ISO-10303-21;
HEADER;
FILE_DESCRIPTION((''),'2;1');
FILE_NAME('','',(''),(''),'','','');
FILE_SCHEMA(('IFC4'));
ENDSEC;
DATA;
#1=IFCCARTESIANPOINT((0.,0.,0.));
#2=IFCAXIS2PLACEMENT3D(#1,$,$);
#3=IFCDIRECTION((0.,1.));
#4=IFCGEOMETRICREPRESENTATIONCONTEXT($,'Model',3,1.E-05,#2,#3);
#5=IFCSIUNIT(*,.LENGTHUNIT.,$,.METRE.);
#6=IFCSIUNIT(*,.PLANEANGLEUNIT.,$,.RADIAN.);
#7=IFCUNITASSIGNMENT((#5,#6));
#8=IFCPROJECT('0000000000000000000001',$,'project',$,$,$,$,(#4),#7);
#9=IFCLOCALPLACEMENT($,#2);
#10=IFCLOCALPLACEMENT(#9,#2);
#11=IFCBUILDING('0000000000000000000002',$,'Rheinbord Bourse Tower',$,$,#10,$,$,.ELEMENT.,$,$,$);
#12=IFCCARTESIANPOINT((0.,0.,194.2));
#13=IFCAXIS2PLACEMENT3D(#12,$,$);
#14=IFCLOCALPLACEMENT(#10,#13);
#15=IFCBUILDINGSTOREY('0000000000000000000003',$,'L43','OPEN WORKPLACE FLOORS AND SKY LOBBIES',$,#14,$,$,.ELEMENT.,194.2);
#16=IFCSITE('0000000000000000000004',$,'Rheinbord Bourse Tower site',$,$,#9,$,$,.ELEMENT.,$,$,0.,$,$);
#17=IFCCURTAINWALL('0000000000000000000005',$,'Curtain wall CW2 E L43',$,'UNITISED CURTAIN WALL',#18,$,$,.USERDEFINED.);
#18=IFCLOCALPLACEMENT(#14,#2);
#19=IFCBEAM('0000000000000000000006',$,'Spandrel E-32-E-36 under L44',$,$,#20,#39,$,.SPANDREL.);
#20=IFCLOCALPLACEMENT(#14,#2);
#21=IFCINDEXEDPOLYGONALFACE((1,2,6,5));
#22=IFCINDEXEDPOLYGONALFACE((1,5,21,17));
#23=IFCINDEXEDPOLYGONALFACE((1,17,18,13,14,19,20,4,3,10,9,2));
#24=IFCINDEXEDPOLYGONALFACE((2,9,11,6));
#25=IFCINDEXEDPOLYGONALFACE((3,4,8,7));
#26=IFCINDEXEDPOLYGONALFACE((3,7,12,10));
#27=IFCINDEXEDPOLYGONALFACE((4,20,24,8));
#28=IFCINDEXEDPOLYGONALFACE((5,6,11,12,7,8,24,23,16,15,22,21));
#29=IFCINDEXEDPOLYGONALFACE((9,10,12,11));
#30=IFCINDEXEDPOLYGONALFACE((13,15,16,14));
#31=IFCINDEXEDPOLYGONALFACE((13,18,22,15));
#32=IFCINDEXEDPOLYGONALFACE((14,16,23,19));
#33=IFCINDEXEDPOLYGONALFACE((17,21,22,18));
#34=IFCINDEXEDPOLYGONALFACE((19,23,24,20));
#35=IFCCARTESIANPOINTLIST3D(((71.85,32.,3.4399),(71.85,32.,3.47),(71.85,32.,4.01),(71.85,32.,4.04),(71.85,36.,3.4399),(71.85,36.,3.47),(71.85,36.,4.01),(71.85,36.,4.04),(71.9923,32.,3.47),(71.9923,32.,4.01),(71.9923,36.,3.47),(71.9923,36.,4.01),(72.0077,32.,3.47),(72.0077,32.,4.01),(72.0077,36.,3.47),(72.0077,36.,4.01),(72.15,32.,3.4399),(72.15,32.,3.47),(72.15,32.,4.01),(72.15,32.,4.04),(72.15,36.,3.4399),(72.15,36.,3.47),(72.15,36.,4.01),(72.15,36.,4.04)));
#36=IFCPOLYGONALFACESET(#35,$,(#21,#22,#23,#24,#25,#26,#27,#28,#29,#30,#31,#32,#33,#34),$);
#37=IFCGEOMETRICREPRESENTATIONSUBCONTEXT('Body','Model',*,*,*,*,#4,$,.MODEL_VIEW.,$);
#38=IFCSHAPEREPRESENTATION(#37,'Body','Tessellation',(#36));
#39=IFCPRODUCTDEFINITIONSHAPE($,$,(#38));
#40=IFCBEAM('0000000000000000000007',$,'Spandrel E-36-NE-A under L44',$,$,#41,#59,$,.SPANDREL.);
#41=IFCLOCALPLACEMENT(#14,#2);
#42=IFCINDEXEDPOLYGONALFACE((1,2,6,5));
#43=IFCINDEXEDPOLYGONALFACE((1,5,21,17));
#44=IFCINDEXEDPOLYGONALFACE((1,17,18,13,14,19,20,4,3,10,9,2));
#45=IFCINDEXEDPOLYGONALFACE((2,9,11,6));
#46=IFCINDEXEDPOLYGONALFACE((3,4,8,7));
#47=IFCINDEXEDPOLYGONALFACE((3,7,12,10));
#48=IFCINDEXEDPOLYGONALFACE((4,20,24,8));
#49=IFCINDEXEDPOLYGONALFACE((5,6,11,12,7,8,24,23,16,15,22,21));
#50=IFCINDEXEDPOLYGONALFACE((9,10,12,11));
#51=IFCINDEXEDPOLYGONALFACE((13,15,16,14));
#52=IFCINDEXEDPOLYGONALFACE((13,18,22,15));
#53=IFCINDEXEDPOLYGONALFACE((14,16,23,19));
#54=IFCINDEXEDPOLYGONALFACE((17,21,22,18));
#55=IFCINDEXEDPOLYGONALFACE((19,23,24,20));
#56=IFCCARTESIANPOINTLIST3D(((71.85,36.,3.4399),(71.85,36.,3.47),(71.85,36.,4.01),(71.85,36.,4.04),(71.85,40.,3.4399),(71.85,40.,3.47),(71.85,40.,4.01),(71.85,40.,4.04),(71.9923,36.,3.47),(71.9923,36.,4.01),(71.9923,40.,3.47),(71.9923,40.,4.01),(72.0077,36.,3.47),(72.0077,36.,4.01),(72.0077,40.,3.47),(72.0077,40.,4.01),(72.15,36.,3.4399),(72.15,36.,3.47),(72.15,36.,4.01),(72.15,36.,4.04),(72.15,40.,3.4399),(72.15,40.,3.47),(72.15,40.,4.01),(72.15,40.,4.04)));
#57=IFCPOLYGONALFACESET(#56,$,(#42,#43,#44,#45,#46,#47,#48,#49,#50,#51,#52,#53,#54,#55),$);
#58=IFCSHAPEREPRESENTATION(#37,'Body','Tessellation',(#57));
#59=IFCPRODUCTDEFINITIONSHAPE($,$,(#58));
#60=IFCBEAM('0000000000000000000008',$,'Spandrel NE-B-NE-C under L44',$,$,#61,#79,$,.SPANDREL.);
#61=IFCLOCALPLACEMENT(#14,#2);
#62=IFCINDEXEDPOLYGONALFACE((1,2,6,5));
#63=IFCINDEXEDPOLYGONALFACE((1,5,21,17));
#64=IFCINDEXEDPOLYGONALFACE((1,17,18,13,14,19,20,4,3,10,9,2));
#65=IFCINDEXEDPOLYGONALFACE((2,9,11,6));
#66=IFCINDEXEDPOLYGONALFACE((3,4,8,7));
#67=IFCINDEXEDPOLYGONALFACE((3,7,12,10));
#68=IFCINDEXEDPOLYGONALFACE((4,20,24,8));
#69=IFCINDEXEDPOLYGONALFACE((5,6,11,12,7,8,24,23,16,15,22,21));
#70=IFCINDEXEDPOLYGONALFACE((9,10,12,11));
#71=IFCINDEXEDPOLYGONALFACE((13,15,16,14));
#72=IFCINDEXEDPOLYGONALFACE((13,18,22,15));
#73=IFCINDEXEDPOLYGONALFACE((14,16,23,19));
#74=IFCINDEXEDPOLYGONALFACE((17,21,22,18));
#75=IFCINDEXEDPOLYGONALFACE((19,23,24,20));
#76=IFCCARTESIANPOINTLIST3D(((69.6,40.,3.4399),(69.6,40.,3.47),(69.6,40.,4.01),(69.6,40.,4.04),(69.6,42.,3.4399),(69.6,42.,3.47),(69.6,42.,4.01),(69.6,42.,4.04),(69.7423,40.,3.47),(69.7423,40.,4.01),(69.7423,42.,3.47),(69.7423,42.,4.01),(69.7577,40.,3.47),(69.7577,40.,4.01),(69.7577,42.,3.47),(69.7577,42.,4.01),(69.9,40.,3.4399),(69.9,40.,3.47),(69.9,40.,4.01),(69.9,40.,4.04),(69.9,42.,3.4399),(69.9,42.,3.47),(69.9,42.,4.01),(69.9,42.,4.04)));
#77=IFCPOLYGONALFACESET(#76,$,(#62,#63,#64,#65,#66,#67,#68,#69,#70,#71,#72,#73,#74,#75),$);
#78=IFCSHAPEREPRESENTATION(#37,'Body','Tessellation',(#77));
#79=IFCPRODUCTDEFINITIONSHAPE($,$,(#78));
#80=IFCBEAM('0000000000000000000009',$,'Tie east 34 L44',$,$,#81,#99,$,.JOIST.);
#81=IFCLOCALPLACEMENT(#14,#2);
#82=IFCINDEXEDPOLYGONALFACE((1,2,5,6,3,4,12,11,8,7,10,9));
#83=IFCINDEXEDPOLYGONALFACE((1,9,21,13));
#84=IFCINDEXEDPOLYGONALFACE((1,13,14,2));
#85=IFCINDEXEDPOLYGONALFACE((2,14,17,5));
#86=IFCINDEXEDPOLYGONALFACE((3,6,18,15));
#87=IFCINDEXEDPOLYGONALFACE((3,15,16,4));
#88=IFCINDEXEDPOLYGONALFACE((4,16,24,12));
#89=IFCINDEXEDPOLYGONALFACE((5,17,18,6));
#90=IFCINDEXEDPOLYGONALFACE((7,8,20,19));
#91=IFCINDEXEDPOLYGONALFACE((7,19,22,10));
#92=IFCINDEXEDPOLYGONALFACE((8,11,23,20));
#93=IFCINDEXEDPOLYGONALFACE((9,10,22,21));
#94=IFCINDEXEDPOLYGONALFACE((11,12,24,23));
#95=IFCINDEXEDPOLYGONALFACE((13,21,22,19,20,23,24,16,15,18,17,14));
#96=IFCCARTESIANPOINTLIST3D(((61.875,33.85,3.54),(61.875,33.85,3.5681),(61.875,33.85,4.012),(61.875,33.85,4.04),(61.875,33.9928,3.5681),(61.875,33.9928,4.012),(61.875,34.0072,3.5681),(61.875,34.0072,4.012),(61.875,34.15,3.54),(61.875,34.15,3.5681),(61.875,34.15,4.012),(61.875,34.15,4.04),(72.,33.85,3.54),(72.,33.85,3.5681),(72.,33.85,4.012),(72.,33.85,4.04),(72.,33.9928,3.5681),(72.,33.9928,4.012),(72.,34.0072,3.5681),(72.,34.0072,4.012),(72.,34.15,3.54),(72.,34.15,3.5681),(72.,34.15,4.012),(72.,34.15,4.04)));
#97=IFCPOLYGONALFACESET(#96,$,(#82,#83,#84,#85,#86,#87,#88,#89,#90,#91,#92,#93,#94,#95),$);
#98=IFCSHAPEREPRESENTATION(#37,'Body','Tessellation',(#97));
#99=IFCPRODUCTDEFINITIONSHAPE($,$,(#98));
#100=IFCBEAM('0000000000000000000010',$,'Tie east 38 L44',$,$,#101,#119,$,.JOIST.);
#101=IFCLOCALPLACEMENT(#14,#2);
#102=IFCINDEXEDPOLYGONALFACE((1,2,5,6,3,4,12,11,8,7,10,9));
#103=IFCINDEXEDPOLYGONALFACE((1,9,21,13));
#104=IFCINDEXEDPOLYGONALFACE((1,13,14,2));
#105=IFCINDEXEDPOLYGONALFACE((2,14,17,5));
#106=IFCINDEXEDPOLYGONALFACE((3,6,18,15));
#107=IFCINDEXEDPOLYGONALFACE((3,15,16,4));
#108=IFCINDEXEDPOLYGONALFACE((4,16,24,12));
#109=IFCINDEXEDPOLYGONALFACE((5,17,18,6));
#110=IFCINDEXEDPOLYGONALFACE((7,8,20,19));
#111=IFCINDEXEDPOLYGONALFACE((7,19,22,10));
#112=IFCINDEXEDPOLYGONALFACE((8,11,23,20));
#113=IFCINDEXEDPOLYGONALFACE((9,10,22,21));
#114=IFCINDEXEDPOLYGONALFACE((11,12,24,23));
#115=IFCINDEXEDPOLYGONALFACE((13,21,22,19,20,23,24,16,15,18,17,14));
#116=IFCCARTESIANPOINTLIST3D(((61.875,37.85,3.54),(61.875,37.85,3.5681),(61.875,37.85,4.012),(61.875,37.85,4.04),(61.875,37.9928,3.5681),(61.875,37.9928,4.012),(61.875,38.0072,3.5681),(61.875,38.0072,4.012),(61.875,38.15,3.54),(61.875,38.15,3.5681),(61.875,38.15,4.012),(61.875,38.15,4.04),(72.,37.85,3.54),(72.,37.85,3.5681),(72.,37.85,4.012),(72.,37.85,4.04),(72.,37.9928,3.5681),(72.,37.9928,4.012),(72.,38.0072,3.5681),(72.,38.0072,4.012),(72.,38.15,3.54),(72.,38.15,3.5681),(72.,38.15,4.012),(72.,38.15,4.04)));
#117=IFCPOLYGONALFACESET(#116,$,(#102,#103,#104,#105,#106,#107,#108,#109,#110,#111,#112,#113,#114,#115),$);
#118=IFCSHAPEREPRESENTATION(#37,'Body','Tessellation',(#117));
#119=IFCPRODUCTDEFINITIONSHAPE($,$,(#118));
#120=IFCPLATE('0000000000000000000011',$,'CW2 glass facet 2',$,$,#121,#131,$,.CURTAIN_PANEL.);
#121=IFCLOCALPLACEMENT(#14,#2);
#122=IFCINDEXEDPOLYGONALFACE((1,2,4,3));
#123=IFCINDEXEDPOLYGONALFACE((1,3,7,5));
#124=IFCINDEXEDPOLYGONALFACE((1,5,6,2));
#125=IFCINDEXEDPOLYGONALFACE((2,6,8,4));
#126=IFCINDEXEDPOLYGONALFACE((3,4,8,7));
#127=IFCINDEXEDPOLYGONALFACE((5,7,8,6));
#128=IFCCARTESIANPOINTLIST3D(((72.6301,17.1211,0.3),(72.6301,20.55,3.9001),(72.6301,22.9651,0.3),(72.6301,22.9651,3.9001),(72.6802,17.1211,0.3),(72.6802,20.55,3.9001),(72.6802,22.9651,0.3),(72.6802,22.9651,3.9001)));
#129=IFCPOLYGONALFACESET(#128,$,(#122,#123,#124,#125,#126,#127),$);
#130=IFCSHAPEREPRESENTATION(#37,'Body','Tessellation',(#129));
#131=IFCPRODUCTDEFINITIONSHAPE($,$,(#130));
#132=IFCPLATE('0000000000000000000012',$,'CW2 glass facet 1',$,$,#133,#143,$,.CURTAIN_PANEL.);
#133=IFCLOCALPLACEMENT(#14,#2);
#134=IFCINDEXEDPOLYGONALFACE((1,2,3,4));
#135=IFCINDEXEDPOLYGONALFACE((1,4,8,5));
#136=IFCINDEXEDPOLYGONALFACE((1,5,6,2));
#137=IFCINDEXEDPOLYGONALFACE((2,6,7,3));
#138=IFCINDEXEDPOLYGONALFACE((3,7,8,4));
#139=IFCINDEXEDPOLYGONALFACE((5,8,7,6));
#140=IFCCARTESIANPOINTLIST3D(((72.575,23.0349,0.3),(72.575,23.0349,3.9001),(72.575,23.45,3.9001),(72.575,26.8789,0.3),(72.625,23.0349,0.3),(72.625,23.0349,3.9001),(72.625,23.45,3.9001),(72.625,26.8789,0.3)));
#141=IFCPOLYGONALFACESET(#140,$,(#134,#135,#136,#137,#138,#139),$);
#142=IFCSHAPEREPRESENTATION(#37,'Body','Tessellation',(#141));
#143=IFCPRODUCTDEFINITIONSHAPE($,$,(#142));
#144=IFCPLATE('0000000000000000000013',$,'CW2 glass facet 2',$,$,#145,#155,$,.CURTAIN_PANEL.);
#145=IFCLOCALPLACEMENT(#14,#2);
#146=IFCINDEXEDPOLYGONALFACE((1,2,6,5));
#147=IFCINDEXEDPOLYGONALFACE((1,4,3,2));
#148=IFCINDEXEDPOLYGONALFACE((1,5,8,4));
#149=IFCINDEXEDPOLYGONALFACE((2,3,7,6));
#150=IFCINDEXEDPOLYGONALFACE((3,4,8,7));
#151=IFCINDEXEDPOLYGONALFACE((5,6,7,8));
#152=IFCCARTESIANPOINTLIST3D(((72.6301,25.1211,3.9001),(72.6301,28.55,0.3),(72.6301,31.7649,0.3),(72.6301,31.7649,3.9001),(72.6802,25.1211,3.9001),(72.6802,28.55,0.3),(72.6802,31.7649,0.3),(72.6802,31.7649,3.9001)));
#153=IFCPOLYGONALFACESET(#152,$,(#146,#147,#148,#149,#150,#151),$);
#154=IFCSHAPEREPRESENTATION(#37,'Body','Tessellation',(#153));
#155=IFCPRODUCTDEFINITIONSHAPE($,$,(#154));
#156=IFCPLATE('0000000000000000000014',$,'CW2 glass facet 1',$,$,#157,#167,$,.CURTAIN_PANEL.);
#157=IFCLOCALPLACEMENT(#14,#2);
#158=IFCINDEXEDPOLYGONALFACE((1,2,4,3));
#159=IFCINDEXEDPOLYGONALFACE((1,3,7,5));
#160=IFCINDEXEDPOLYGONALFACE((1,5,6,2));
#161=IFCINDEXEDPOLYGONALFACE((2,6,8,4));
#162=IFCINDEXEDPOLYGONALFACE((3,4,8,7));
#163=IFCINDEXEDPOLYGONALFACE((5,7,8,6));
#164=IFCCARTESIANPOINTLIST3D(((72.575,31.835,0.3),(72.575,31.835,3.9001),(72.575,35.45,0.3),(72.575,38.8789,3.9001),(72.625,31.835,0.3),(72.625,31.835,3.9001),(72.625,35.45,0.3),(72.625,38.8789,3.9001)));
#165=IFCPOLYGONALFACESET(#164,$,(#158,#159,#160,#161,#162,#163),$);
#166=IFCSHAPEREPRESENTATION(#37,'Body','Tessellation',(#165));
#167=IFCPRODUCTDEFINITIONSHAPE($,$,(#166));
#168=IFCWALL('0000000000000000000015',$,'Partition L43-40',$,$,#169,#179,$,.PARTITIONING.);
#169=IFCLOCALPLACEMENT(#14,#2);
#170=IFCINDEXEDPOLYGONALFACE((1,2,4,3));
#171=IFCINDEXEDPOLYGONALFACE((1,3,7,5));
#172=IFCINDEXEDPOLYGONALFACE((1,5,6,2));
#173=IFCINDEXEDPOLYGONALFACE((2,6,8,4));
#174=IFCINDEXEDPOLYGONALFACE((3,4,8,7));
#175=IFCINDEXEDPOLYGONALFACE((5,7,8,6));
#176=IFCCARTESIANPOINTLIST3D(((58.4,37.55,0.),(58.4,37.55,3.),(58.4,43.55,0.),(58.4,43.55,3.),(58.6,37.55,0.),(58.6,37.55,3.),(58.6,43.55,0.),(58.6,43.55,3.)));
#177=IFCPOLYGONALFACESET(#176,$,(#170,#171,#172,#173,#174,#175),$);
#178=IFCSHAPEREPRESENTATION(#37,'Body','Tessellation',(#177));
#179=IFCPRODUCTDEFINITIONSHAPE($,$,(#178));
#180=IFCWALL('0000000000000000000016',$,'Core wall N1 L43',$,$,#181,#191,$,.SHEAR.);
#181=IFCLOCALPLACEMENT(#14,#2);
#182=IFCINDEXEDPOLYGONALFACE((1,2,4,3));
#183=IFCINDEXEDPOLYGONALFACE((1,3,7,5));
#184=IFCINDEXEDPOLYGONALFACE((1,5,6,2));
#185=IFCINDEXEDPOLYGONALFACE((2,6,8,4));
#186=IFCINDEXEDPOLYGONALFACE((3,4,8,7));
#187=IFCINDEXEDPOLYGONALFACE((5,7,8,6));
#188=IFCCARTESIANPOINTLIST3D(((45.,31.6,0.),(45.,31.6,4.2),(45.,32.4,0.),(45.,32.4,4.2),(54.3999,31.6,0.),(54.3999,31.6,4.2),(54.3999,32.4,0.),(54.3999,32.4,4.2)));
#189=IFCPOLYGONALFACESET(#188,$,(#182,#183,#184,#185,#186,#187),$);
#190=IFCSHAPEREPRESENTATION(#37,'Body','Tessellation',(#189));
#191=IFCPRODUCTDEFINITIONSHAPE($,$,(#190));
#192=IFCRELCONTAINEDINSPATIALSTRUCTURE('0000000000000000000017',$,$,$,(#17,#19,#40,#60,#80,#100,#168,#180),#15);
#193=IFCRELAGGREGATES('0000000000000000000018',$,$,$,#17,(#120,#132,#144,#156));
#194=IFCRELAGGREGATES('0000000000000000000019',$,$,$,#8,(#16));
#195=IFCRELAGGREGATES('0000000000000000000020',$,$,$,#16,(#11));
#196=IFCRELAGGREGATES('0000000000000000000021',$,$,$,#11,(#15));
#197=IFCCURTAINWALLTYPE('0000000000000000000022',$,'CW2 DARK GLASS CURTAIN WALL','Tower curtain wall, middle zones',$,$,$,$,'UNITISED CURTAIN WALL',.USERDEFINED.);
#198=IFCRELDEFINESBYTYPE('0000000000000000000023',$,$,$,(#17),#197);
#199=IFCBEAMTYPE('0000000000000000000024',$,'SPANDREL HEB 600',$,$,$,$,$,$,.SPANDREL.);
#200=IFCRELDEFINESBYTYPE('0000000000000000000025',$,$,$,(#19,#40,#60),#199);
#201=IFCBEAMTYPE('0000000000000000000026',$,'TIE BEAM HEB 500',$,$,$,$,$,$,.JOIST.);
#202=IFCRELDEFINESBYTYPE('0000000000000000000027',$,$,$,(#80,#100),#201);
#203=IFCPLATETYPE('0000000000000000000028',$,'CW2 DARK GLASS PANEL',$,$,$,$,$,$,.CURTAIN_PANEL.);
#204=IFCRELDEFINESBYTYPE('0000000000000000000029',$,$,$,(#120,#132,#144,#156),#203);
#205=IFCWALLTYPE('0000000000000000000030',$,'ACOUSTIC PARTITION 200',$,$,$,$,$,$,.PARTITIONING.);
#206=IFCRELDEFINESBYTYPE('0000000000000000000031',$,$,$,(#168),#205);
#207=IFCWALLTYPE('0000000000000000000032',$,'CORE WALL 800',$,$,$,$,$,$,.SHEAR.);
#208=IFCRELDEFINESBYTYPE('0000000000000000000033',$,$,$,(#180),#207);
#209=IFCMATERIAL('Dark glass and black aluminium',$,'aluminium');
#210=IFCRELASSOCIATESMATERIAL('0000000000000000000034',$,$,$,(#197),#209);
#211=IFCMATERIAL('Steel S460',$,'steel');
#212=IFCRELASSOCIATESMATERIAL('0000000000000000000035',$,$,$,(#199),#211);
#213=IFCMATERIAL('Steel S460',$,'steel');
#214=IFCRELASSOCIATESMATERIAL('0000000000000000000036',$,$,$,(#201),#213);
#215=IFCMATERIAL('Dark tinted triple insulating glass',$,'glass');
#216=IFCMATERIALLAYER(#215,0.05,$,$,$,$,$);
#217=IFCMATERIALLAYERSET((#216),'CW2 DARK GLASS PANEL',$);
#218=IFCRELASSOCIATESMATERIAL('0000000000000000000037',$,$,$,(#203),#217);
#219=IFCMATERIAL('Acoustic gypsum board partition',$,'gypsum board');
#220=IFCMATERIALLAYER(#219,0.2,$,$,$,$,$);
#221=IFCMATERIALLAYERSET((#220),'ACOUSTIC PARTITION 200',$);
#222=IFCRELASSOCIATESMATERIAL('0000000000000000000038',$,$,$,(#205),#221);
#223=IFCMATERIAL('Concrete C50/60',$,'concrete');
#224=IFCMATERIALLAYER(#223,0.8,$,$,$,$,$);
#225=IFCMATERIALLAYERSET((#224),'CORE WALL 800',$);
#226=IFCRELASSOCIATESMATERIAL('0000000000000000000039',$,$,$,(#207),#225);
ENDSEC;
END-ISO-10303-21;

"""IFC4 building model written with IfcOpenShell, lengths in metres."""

from ifc_helpers import new_model, si_unit, direction, frame, frame_2d, origin, origin_2d, place, context, subcontext, project, spatial, polyline, rectangle, i_section, outline, extrude, material, layer, layer_set, material_profile, profile_set, type_object, element, aggregate, save


model = new_model("IFC4")

# Units and contexts
model_context = context("Model", 3, precision=1e-05, world=origin(), true_north=direction((0.0, 1.0)))
body_context = subcontext(model_context, "Body", "Model", "MODEL_VIEW")
ifc_project = project(units=[si_unit("LENGTHUNIT", "METRE"), si_unit("PLANEANGLEUNIT", "RADIAN")], contexts=[model_context])

# Site, building, storey
site_placement = place(None, origin())
site = spatial("IfcSite", under=ifc_project, at=site_placement, Name="Rheinbord Bourse Tower site", CompositionType="ELEMENT", RefElevation=0.0)
building_placement = place(site_placement, origin())
building = spatial("IfcBuilding", under=site, at=building_placement, Name="Rheinbord Bourse Tower", CompositionType="ELEMENT")
storey_placement = place(building_placement, frame((0.0, 0.0, 194.2)))
storey = spatial("IfcBuildingStorey", under=building, at=storey_placement, Name="L43", Description="OPEN WORKPLACE FLOORS AND SKY LOBBIES", CompositionType="ELEMENT", Elevation=194.2)

# Curtain wall
ifc_material_1 = material(Name="Dark glass and black aluminium", Category="aluminium")
curtain_wall_type = type_object("IfcCurtainWallType", Name="CW2 DARK GLASS CURTAIN WALL", Description="Tower curtain wall, middle zones", ElementType="UNITISED CURTAIN WALL", PredefinedType="USERDEFINED", material=ifc_material_1)
curtain_wall_placement = place(storey_placement, origin())
curtain_wall = element("IfcCurtainWall", 1, at=curtain_wall_placement, inside=storey, type_object=curtain_wall_type, Name="Curtain wall CW2 E L43", ObjectType="UNITISED CURTAIN WALL", PredefinedType="USERDEFINED")

# Beams
ifc_material_2 = material(Name="Steel S460", Category="steel")
ifc_material_profile_1 = material_profile(ifc_material_2, i_section(OverallWidth=0.3, OverallDepth=0.6001, WebThickness=0.0154, FlangeThickness=0.03, at=origin_2d()), Name="HEB 600")
ifc_profile_set_1 = profile_set([ifc_material_profile_1], Name="Steel S460")
beam_type_1 = type_object("IfcBeamType", Name="SPANDREL HEB 600", PredefinedType="SPANDREL", material=ifc_profile_set_1)
for number, where, z_axis, x_axis, name in (
    (2, (72.0, 32.0, 3.74), (0.0, 1.0, 0.0), (-1.0, 0.0, 0.0), "Spandrel E-32-E-36 under L44"),
    (3, (72.0, 36.0, 3.74), (0.0, 1.0, 0.0), (-1.0, 0.0, 0.0), "Spandrel E-36-NE-A under L44"),
):
    element("IfcBeam", number, at=place(storey_placement, frame(where, z_axis=z_axis, x_axis=x_axis)), inside=storey, type_object=beam_type_1, Name=name, PredefinedType="SPANDREL", context=body_context, shape_type="SweptSolid", body=[
        extrude(i_section(OverallWidth=0.3, OverallDepth=0.6001, WebThickness=0.0154, FlangeThickness=0.03, at=origin_2d()), origin(), (0.0, 0.0, 1.0), 4.0),
    ])
beam_1_placement = place(storey_placement, frame((69.75, 40.0, 3.74), z_axis=(0.0, 1.0, 0.0), x_axis=(-1.0, 0.0, 0.0)))
element("IfcBeam", 4, at=beam_1_placement, inside=storey, type_object=beam_type_1, Name="Spandrel NE-B-NE-C under L44", PredefinedType="SPANDREL", context=body_context, shape_type="SweptSolid", body=[
    extrude(i_section(OverallWidth=0.3, OverallDepth=0.6001, WebThickness=0.0154, FlangeThickness=0.03, at=origin_2d()), origin(), (0.0, 0.0, 1.0), 2.0),
])
ifc_material_3 = material(Name="Steel S460", Category="steel")
ifc_material_profile_2 = material_profile(ifc_material_3, i_section(OverallWidth=0.3, OverallDepth=0.5, WebThickness=0.0144, FlangeThickness=0.0281, at=origin_2d()), Name="HEB 500")
ifc_profile_set_2 = profile_set([ifc_material_profile_2], Name="Steel S460")
beam_type_2 = type_object("IfcBeamType", Name="TIE BEAM HEB 500", PredefinedType="JOIST", material=ifc_profile_set_2)
for number, where, z_axis, x_axis, name in (
    (5, (61.875, 34.0, 3.79), (1.0, 0.0, 0.0), (0.0, 1.0, 0.0), "Tie east 34 L44"),
    (6, (61.875, 38.0, 3.79), (1.0, 0.0, 0.0), (0.0, 1.0, 0.0), "Tie east 38 L44"),
):
    element("IfcBeam", number, at=place(storey_placement, frame(where, z_axis=z_axis, x_axis=x_axis)), inside=storey, type_object=beam_type_2, Name=name, PredefinedType="JOIST", context=body_context, shape_type="SweptSolid", body=[
        extrude(i_section(OverallWidth=0.3, OverallDepth=0.5, WebThickness=0.0144, FlangeThickness=0.0281, at=origin_2d()), origin(), (0.0, 0.0, 1.0), 10.125),
    ])

# Plates
ifc_material_4 = material(Name="Dark tinted triple insulating glass", Category="glass")
ifc_layer_1 = layer(ifc_material_4, 0.05)
ifc_layer_set_1 = layer_set([ifc_layer_1], Name="CW2 DARK GLASS PANEL")
plate_type = type_object("IfcPlateType", Name="CW2 DARK GLASS PANEL", PredefinedType="CURTAIN_PANEL", material=ifc_layer_set_1)
plate_1_placement = place(storey_placement, frame((72.6802, 22.9651, 3.9001), z_axis=(-1.0, 0.0, 0.0), x_axis=(0.0, 0.0, -1.0)))
plate_1 = element("IfcPlate", 7, at=plate_1_placement, type_object=plate_type, Name="CW2 glass facet 2", PredefinedType="CURTAIN_PANEL", context=body_context, shape_type="SweptSolid", body=[
    extrude(outline(polyline([(0.0, 0.0), (3.6001, 0.0), (3.6001, 5.844), (0.0, 2.415), (0.0, 0.0)])), origin(), (0.0, 0.0, 1.0), 0.05),
])
plate_2_placement = place(storey_placement, frame((72.625, 23.0349, 0.3), z_axis=(-1.0, 0.0, 0.0), x_axis=(0.0, 0.0, 1.0)))
plate_2 = element("IfcPlate", 8, at=plate_2_placement, type_object=plate_type, Name="CW2 glass facet 1", PredefinedType="CURTAIN_PANEL", context=body_context, shape_type="SweptSolid", body=[
    extrude(outline(polyline([(0.0, 0.0), (3.6001, 0.0), (3.6001, 0.415), (0.0, 3.844), (0.0, 0.0)])), origin(), (0.0, 0.0, 1.0), 0.05),
])
plate_3_placement = place(storey_placement, frame((72.6802, 31.7649, 3.9001), z_axis=(-1.0, 0.0, 0.0), x_axis=(0.0, 0.0, -1.0)))
plate_3 = element("IfcPlate", 9, at=plate_3_placement, type_object=plate_type, Name="CW2 glass facet 2", PredefinedType="CURTAIN_PANEL", context=body_context, shape_type="SweptSolid", body=[
    extrude(outline(polyline([(0.0, 0.0), (3.6001, 0.0), (3.6001, 3.2148), (0.0, 6.6438), (0.0, 0.0)])), origin(), (0.0, 0.0, 1.0), 0.05),
])
plate_4_placement = place(storey_placement, frame((72.625, 31.835, 0.3), z_axis=(-1.0, 0.0, 0.0), x_axis=(0.0, 0.0, 1.0)))
plate_4 = element("IfcPlate", 10, at=plate_4_placement, type_object=plate_type, Name="CW2 glass facet 1", PredefinedType="CURTAIN_PANEL", context=body_context, shape_type="SweptSolid", body=[
    extrude(outline(polyline([(0.0, 0.0), (3.6001, 0.0), (3.6001, 7.0439), (0.0, 3.615), (0.0, 0.0)])), origin(), (0.0, 0.0, 1.0), 0.05),
])
aggregate(curtain_wall, [plate_1, plate_2, plate_3, plate_4])

# Walls
ifc_material_5 = material(Name="Acoustic gypsum board partition", Category="gypsum board")
ifc_layer_2 = layer(ifc_material_5, 0.2)
ifc_layer_set_2 = layer_set([ifc_layer_2], Name="ACOUSTIC PARTITION 200")
wall_type_1 = type_object("IfcWallType", Name="ACOUSTIC PARTITION 200", PredefinedType="PARTITIONING", material=ifc_layer_set_2)
wall_1_placement = place(storey_placement, frame((58.5, 37.55, 0.0), z_axis=(0.0, 0.0, 1.0), x_axis=(0.0, 1.0, 0.0)))
element("IfcWall", 11, at=wall_1_placement, inside=storey, type_object=wall_type_1, Name="Partition L43-40", PredefinedType="PARTITIONING", context=body_context, shape_type="SweptSolid", body=[
    extrude(rectangle(XDim=6.0, YDim=0.2, at=frame_2d((3.0, 0.0))), origin(), (0.0, 0.0, 1.0), 3.0),
])
ifc_material_6 = material(Name="Concrete C50/60", Category="concrete")
ifc_layer_3 = layer(ifc_material_6, 0.8)
ifc_layer_set_3 = layer_set([ifc_layer_3], Name="CORE WALL 800")
wall_type_2 = type_object("IfcWallType", Name="CORE WALL 800", PredefinedType="SHEAR", material=ifc_layer_set_3)
wall_2_placement = place(storey_placement, frame((54.3999, 32.0, 0.0), z_axis=(0.0, 0.0, 1.0), x_axis=(-1.0, 0.0, 0.0)))
element("IfcWall", 12, at=wall_2_placement, inside=storey, type_object=wall_type_2, Name="Core wall N1 L43", PredefinedType="SHEAR", context=body_context, shape_type="SweptSolid", body=[
    extrude(rectangle(XDim=9.3999, YDim=0.8, at=frame_2d((4.7, 0.0))), origin(), (0.0, 0.0, 1.0), 4.2),
])

save(model, "model.ifc")
